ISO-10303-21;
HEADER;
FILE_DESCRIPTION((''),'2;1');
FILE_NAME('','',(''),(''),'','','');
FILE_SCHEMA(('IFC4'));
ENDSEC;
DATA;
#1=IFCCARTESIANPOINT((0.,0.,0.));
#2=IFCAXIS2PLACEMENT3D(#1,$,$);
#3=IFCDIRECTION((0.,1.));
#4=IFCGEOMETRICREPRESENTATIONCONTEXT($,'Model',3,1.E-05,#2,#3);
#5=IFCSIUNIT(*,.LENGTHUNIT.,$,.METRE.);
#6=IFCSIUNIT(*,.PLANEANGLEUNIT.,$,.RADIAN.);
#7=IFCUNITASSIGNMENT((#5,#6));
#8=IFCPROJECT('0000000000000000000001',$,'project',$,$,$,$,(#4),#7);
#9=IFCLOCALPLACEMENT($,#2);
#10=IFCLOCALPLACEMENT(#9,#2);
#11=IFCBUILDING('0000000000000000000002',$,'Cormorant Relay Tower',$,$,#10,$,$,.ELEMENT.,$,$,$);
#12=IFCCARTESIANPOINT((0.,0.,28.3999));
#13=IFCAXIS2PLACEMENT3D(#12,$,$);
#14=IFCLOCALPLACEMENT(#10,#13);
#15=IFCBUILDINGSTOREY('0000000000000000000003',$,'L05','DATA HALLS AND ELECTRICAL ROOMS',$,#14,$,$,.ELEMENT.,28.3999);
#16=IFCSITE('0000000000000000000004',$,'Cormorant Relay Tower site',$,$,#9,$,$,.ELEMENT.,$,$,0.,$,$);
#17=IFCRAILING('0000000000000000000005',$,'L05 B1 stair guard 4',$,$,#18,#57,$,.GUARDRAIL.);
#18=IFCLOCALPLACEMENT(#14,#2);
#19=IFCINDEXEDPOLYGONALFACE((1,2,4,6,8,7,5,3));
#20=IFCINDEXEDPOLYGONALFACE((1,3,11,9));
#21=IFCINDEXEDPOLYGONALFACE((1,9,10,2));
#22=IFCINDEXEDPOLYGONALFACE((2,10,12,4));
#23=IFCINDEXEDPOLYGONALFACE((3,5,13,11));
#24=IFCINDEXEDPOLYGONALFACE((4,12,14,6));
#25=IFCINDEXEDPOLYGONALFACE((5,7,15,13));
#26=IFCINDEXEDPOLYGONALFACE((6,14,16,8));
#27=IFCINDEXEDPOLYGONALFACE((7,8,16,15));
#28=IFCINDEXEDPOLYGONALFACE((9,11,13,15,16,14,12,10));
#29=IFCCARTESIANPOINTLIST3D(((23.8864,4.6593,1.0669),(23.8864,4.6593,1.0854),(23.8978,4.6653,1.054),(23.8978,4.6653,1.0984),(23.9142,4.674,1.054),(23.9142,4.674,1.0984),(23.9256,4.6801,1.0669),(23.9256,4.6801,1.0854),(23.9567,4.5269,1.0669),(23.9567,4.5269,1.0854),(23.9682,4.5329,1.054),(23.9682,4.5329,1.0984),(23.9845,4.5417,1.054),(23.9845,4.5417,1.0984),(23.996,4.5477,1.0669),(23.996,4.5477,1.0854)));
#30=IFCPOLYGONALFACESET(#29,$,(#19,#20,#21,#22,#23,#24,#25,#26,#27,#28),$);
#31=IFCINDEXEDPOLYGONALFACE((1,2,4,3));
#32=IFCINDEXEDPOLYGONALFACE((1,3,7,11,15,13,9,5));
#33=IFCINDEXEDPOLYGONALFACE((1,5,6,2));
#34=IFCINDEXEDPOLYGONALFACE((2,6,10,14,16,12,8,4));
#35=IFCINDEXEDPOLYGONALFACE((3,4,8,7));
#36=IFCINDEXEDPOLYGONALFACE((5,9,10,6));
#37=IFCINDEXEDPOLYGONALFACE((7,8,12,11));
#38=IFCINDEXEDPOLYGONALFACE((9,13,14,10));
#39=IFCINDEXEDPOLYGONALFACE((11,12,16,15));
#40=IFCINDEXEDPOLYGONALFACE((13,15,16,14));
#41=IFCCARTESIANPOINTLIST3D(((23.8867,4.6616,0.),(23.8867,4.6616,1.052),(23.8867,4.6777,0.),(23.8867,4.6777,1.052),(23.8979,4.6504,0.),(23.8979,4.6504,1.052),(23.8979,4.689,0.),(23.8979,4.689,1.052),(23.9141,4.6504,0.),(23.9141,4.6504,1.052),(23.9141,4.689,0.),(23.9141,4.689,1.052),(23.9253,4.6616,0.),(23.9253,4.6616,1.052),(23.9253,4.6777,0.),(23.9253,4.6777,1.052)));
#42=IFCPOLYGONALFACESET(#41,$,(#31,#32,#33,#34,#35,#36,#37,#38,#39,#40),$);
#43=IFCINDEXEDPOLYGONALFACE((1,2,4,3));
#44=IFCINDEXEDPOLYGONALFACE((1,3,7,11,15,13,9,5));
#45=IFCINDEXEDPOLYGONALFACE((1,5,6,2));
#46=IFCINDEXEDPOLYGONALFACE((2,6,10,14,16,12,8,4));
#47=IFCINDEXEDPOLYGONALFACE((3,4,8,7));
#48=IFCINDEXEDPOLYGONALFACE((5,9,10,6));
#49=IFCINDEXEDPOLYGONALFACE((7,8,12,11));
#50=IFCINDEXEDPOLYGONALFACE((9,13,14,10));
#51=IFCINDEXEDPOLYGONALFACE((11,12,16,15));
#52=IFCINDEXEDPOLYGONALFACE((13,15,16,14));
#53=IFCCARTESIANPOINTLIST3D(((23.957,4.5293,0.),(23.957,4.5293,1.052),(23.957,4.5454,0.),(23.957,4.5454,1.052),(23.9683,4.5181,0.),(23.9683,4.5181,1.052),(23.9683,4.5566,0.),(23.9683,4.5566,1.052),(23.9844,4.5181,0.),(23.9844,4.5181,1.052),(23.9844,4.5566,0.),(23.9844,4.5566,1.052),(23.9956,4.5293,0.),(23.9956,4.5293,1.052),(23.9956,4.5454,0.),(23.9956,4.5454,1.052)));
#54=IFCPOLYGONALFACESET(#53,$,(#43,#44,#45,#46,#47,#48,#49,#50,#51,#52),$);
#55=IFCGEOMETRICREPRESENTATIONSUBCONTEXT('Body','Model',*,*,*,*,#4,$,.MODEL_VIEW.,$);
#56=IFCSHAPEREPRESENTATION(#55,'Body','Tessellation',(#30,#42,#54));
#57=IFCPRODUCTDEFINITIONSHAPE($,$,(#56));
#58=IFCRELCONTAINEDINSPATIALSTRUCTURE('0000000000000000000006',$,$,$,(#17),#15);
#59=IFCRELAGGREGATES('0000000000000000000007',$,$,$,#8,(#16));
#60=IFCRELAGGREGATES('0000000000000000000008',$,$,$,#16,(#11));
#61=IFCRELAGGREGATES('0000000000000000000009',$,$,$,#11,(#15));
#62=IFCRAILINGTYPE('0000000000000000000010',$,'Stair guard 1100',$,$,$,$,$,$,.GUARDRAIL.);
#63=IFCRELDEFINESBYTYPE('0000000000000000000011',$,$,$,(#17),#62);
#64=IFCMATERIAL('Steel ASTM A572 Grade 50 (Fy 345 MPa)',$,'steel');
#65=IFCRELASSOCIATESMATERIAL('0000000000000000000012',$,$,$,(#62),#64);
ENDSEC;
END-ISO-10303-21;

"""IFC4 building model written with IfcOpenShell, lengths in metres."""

from ifc_helpers import new_model, si_unit, direction, frame, origin, place, context, subcontext, project, spatial, polyline, outline, extrude, material, type_object, element, save


model = new_model("IFC4")

# Units and contexts
model_context = context("Model", 3, precision=1e-05, world=origin(), true_north=direction((0.0, 1.0)))
body_context = subcontext(model_context, "Body", "Model", "MODEL_VIEW")
ifc_project = project(units=[si_unit("LENGTHUNIT", "METRE"), si_unit("PLANEANGLEUNIT", "RADIAN")], contexts=[model_context])

# Site, building, storey
site_placement = place(None, origin())
site = spatial("IfcSite", under=ifc_project, at=site_placement, Name="Cormorant Relay Tower site", CompositionType="ELEMENT", RefElevation=0.0)
building_placement = place(site_placement, origin())
building = spatial("IfcBuilding", under=site, at=building_placement, Name="Cormorant Relay Tower", CompositionType="ELEMENT")
storey_placement = place(building_placement, frame((0.0, 0.0, 28.3999)))
storey = spatial("IfcBuildingStorey", under=building, at=storey_placement, Name="L05", Description="DATA HALLS AND ELECTRICAL ROOMS", CompositionType="ELEMENT", Elevation=28.3999)

# Railing
ifc_material_1 = material(Name="Steel ASTM A572 Grade 50 (Fy 345 MPa)", Category="steel")
railing_type = type_object("IfcRailingType", Name="Stair guard 1100", PredefinedType="GUARDRAIL", material=ifc_material_1)
railing_placement = place(storey_placement, frame((23.906, 4.6697, 0.0)))
element("IfcRailing", 1, at=railing_placement, inside=storey, type_object=railing_type, Name="L05 B1 stair guard 4", PredefinedType="GUARDRAIL", context=body_context, shape_type="SweptSolid", body=[
    extrude(outline(polyline([(0.0222, 0.0093), (0.0093, 0.0222), (-0.0093, 0.0222), (-0.0222, 0.0093), (-0.0222, -0.0093), (-0.0093, -0.0222), (0.0093, -0.0222), (0.0222, -0.0093), (0.0222, 0.0093)])), frame((0.0, 0.0, 1.0762), z_axis=(0.469235, -0.883074, 0.0), x_axis=(0.883074, 0.469235, 0.0)), (0.0, 0.0, 1.0), 0.1499),
    extrude(outline(polyline([(0.0193, 0.0081), (0.0081, 0.0193), (-0.0081, 0.0193), (-0.0193, 0.0081), (-0.0193, -0.0081), (-0.0081, -0.0193), (0.0081, -0.0193), (0.0193, -0.0081), (0.0193, 0.0081)])), origin(), (0.0, 0.0, 1.0), 1.052),
    extrude(outline(polyline([(0.0193, 0.0081), (0.0081, 0.0193), (-0.0081, 0.0193), (-0.0193, 0.0081), (-0.0193, -0.0081), (-0.0081, -0.0193), (0.0081, -0.0193), (0.0193, -0.0081), (0.0193, 0.0081)])), frame((0.0703, -0.1323, 0.0)), (0.0, 0.0, 1.0), 1.052),
])

save(model, "model.ifc")
